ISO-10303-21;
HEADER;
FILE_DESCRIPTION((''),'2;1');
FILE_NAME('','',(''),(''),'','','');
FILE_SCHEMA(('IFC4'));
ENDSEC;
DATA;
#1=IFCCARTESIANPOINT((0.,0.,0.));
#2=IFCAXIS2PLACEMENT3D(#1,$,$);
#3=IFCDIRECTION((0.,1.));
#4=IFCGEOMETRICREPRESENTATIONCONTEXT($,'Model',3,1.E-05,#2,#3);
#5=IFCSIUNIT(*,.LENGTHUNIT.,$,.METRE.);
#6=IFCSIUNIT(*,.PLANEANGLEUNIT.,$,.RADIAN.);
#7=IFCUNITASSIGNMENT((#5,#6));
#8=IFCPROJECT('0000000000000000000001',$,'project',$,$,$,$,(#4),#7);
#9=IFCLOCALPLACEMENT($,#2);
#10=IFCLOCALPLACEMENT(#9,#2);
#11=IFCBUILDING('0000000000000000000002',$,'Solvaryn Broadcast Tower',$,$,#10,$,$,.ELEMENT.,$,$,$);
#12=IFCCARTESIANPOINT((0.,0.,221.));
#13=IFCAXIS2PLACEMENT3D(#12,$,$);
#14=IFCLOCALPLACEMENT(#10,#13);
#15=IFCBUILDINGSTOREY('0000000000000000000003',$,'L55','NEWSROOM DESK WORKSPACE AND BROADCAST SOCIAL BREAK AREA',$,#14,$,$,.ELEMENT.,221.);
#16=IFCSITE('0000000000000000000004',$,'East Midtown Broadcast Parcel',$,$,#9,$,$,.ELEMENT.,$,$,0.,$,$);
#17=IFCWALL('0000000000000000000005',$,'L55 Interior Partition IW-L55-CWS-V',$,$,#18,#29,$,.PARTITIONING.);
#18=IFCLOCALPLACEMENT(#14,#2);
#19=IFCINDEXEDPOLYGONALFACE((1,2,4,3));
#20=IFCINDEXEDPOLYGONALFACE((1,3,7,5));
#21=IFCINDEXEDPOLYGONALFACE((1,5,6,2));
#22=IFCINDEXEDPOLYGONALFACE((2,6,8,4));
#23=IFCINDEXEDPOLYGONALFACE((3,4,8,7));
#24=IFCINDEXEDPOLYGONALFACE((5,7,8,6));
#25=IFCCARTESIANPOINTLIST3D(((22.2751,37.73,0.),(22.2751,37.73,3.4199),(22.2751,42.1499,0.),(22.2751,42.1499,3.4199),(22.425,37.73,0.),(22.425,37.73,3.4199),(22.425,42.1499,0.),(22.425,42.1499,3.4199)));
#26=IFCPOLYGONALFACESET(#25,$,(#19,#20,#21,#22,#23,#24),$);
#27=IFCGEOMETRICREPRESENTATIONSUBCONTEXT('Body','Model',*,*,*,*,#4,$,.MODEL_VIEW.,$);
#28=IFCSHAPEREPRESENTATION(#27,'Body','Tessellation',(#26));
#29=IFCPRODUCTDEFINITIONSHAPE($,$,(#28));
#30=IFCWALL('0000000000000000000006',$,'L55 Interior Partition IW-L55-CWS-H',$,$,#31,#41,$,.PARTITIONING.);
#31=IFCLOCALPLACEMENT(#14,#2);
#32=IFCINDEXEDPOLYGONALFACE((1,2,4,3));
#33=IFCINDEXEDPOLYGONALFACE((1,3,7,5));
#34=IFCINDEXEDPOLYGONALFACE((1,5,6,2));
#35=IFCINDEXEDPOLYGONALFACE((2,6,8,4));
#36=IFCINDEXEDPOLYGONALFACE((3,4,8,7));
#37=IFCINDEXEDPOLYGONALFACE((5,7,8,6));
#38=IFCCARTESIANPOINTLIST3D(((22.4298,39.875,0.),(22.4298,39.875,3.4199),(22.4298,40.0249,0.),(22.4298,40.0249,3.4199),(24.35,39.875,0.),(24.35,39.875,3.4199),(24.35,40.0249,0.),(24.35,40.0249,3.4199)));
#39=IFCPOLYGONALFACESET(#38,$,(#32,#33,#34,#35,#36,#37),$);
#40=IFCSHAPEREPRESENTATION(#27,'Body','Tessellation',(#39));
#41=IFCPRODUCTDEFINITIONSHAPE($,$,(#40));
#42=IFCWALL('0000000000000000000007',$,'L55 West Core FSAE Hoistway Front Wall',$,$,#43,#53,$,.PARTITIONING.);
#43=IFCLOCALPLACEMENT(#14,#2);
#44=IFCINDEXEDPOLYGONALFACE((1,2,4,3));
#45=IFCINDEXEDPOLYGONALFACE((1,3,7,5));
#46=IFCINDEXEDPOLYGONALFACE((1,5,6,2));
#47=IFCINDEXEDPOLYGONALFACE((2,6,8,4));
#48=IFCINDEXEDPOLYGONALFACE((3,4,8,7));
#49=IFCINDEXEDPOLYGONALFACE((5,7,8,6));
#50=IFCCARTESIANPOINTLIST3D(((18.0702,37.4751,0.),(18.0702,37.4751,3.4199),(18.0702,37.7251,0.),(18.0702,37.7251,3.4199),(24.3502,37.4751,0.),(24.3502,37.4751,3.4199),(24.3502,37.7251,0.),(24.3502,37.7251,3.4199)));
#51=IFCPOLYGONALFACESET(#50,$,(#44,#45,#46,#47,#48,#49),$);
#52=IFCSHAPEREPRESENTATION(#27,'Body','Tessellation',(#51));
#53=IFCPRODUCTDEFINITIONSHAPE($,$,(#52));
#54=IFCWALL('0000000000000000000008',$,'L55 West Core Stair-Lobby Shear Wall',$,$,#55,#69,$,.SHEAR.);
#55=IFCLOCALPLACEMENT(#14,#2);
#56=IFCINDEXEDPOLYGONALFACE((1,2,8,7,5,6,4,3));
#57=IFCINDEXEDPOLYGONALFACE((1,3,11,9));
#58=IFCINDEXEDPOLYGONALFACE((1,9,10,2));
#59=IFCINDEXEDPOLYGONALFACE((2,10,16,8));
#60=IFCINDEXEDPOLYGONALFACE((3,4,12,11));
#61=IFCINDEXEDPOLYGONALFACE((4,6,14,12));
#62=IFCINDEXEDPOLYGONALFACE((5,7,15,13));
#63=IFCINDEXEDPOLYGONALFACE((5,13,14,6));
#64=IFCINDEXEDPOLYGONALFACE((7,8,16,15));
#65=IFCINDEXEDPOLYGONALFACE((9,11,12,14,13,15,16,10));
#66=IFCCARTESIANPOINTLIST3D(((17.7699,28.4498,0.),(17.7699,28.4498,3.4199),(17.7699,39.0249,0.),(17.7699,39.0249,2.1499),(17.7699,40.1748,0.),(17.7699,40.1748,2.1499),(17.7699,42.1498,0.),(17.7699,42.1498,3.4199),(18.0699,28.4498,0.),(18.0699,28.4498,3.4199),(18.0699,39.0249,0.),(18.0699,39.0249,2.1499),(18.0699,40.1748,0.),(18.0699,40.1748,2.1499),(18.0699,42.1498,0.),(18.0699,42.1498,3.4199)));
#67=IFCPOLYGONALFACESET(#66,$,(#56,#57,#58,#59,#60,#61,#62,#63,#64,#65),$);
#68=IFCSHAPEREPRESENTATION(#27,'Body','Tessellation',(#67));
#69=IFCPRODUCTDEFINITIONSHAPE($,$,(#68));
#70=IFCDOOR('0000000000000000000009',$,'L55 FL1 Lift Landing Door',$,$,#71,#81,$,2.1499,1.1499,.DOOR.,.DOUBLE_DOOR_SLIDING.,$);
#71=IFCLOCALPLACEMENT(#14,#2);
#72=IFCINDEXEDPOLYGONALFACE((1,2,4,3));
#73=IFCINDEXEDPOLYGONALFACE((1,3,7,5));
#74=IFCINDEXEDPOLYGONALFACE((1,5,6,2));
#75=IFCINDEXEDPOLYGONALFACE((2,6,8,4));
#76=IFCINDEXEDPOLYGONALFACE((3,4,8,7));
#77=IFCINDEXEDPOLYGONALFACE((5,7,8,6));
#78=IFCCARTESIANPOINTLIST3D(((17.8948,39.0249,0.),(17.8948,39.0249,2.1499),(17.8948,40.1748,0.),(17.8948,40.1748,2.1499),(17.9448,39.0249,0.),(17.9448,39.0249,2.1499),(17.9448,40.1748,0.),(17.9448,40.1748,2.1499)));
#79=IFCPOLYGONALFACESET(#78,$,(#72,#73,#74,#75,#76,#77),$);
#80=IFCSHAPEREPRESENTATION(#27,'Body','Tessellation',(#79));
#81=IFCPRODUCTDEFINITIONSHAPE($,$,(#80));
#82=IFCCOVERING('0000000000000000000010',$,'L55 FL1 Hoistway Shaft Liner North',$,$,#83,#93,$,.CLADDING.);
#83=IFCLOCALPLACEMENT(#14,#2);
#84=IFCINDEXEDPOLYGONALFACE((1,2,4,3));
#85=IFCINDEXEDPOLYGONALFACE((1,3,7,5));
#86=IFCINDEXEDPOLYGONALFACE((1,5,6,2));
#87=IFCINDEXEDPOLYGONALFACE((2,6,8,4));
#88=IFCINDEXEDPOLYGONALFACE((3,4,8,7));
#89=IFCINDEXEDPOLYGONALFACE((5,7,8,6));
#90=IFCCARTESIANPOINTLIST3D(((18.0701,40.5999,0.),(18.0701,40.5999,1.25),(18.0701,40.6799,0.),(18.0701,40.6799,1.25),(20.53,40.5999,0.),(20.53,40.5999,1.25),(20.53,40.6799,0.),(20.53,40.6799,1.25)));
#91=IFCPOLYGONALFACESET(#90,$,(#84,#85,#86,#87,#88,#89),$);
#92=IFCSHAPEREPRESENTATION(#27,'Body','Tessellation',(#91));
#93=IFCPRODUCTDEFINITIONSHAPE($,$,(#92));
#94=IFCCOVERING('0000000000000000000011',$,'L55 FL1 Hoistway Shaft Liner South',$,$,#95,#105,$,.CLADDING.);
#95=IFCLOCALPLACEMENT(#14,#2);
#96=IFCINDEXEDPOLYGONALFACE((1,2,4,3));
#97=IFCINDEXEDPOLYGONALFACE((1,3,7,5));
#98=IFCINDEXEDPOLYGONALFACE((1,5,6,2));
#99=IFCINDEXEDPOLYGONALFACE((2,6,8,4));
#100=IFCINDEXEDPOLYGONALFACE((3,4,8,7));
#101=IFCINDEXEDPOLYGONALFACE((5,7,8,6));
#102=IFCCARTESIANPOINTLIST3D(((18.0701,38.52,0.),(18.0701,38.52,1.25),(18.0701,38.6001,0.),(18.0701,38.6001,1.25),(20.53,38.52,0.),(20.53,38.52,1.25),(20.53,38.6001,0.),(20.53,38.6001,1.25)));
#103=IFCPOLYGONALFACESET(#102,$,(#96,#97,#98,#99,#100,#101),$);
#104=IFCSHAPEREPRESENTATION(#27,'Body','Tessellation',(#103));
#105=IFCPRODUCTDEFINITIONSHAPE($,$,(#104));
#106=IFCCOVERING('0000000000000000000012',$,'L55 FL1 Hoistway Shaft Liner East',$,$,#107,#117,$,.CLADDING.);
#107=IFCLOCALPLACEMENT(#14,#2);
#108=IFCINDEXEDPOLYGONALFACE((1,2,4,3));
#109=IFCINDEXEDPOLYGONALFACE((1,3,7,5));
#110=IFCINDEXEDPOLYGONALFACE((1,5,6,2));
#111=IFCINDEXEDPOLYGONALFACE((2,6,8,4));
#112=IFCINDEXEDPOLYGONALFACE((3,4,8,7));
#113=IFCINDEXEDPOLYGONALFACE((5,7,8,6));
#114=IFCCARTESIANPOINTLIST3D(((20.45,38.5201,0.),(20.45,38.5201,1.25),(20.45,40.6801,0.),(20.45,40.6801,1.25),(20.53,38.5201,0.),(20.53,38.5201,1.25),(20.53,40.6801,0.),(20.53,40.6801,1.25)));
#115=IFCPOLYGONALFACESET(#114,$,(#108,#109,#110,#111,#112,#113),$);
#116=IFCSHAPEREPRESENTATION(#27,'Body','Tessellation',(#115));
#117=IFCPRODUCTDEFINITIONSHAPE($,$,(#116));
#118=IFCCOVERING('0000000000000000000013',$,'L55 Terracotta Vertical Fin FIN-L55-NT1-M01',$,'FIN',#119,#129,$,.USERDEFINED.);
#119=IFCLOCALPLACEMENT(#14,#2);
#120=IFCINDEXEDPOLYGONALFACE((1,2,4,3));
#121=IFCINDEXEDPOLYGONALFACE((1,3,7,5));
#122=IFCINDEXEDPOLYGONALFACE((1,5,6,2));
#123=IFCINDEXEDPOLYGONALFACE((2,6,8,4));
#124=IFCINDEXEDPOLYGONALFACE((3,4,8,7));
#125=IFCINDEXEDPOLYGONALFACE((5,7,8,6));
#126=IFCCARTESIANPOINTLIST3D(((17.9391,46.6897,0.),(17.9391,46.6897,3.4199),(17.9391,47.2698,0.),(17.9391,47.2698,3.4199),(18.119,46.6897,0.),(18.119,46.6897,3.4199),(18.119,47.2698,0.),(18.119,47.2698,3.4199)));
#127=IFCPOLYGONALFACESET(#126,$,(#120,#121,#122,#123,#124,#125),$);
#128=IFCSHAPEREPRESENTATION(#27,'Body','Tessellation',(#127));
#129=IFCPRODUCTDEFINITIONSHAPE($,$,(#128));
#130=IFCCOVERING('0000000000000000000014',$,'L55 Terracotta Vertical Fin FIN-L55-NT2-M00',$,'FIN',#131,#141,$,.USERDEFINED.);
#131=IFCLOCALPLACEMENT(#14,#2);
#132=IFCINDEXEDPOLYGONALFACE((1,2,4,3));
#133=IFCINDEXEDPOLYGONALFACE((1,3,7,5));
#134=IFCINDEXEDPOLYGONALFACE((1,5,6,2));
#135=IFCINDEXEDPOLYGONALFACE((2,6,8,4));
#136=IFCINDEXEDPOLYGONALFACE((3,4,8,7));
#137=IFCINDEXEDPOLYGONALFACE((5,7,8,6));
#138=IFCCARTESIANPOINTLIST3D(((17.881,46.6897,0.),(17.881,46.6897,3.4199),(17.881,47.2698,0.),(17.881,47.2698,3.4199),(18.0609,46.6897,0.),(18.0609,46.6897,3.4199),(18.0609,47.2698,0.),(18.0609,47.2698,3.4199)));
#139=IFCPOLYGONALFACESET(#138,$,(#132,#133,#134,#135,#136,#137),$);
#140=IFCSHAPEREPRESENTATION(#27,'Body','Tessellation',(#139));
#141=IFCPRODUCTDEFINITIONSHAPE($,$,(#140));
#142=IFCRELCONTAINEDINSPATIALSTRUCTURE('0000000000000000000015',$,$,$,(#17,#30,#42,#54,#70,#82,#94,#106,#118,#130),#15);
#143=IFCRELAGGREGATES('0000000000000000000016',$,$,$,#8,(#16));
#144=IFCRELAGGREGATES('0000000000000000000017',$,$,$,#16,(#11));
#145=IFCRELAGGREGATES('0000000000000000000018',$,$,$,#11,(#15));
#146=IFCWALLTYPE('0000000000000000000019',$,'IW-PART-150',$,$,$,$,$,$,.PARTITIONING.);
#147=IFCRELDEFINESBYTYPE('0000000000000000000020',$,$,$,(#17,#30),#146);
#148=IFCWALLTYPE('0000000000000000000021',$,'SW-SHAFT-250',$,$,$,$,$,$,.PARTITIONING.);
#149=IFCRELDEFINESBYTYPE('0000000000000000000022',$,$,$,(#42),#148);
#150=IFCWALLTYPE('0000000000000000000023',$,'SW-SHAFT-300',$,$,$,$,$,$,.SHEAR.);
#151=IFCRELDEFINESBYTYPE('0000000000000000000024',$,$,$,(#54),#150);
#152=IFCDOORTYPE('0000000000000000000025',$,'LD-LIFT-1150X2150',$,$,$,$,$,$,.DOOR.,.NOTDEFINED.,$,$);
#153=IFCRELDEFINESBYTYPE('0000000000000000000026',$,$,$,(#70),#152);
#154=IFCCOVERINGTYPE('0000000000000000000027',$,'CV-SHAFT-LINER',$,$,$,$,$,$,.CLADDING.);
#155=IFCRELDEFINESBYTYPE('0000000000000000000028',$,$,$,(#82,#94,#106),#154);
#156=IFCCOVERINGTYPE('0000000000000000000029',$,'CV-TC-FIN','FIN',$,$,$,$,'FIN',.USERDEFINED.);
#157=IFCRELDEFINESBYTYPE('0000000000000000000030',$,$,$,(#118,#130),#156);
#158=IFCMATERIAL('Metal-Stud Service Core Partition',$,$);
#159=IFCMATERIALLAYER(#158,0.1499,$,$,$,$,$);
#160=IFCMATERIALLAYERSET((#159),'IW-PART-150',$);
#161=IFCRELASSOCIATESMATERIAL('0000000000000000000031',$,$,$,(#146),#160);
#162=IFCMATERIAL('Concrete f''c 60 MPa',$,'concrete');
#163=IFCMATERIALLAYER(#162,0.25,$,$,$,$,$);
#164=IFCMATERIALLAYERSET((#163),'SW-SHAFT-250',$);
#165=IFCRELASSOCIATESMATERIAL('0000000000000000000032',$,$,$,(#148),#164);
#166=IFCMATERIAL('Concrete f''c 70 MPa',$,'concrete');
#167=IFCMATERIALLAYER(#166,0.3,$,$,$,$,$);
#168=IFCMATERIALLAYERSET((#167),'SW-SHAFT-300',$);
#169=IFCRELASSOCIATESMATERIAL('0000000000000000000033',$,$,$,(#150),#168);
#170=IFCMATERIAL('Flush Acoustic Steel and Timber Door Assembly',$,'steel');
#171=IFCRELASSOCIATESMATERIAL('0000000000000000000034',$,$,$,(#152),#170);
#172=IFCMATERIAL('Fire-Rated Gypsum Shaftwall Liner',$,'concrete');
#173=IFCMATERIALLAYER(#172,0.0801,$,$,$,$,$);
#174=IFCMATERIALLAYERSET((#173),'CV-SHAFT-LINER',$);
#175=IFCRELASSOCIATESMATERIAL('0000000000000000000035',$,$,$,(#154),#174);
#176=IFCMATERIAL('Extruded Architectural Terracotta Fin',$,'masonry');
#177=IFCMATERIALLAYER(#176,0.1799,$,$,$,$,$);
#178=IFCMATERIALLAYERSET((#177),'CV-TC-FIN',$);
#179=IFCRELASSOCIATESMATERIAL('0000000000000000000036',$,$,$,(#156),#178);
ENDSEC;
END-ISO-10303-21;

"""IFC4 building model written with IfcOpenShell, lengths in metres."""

from ifc_helpers import new_model, si_unit, direction, frame, frame_2d, origin, origin_2d, place, context, subcontext, project, spatial, rectangle, extrude, material, layer, layer_set, type_object, element, fill, save


model = new_model("IFC4")

# Units and contexts
model_context = context("Model", 3, precision=1e-05, world=origin(), true_north=direction((0.0, 1.0)))
body_context = subcontext(model_context, "Body", "Model", "MODEL_VIEW")
ifc_project = project(units=[si_unit("LENGTHUNIT", "METRE"), si_unit("PLANEANGLEUNIT", "RADIAN")], contexts=[model_context])

# Site, building, storey
site_placement = place(None, origin())
site = spatial("IfcSite", under=ifc_project, at=site_placement, Name="East Midtown Broadcast Parcel", CompositionType="ELEMENT", RefElevation=0.0)
building_placement = place(site_placement, origin())
building = spatial("IfcBuilding", under=site, at=building_placement, Name="Solvaryn Broadcast Tower", CompositionType="ELEMENT")
storey_placement = place(building_placement, frame((0.0, 0.0, 221.0)))
storey = spatial("IfcBuildingStorey", under=building, at=storey_placement, Name="L55", Description="NEWSROOM DESK WORKSPACE AND BROADCAST SOCIAL BREAK AREA", CompositionType="ELEMENT", Elevation=221.0)

# Walls
ifc_material_1 = material(Name="Metal-Stud Service Core Partition")
ifc_layer_1 = layer(ifc_material_1, 0.1499)
ifc_layer_set_1 = layer_set([ifc_layer_1], Name="IW-PART-150")
wall_type_1 = type_object("IfcWallType", Name="IW-PART-150", PredefinedType="PARTITIONING", material=ifc_layer_set_1)
wall_1_placement = place(storey_placement, frame((22.3501, 37.73, 0.0), z_axis=(0.0, 0.0, 1.0), x_axis=(0.0, 1.0, 0.0)))
element("IfcWall", 1, at=wall_1_placement, inside=storey, type_object=wall_type_1, Name="L55 Interior Partition IW-L55-CWS-V", PredefinedType="PARTITIONING", context=body_context, shape_type="SweptSolid", body=[
    extrude(rectangle(XDim=4.4199, YDim=0.1499, at=frame_2d((2.21, 0.0))), origin(), (0.0, 0.0, 1.0), 3.4199),
])
wall_2_placement = place(storey_placement, frame((22.4299, 39.95, 0.0), z_axis=(0.0, 0.0, 1.0), x_axis=(1.0, 0.0, 0.0)))
element("IfcWall", 2, at=wall_2_placement, inside=storey, type_object=wall_type_1, Name="L55 Interior Partition IW-L55-CWS-H", PredefinedType="PARTITIONING", context=body_context, shape_type="SweptSolid", body=[
    extrude(rectangle(XDim=1.9202, YDim=0.1499, at=frame_2d((0.96, 0.0))), origin(), (0.0, 0.0, 1.0), 3.4199),
])
ifc_material_2 = material(Name="Concrete f'c 60 MPa", Category="concrete")
ifc_layer_2 = layer(ifc_material_2, 0.25)
ifc_layer_set_2 = layer_set([ifc_layer_2], Name="SW-SHAFT-250")
wall_type_2 = type_object("IfcWallType", Name="SW-SHAFT-250", PredefinedType="PARTITIONING", material=ifc_layer_set_2)
wall_3_placement = place(storey_placement, frame((18.0701, 37.6001, 0.0), z_axis=(0.0, 0.0, 1.0), x_axis=(1.0, 0.0, 0.0)))
element("IfcWall", 3, at=wall_3_placement, inside=storey, type_object=wall_type_2, Name="L55 West Core FSAE Hoistway Front Wall", PredefinedType="PARTITIONING", context=body_context, shape_type="SweptSolid", body=[
    extrude(rectangle(XDim=6.28, YDim=0.25, at=frame_2d((3.1401, 0.0))), origin(), (0.0, 0.0, 1.0), 3.4199),
])

# Wall, opening, door
ifc_material_3 = material(Name="Concrete f'c 70 MPa", Category="concrete")
ifc_layer_3 = layer(ifc_material_3, 0.3)
ifc_layer_set_3 = layer_set([ifc_layer_3], Name="SW-SHAFT-300")
wall_type_3 = type_object("IfcWallType", Name="SW-SHAFT-300", PredefinedType="SHEAR", material=ifc_layer_set_3)
wall_4_placement = place(storey_placement, frame((17.9199, 42.1499, 0.0), z_axis=(0.0, 0.0, 1.0), x_axis=(0.0, -1.0, 0.0)))
wall_4 = element("IfcWall", 4, at=wall_4_placement, inside=storey, type_object=wall_type_3, Name="L55 West Core Stair-Lobby Shear Wall", PredefinedType="SHEAR", context=body_context, shape_type="SweptSolid", body=[
    extrude(rectangle(XDim=13.7, YDim=0.3, at=frame_2d((6.8501, 0.0))), origin(), (0.0, 0.0, 1.0), 3.4199),
])
opening_placement = place(wall_4_placement, frame((1.9751, 0.0, 0.0)))
opening = element("IfcOpeningElement", 5, at=opening_placement, cuts=wall_4, PredefinedType="OPENING", context=body_context, shape_type="SweptSolid", body=[
    extrude(rectangle(XDim=1.1499, YDim=2.1499, at=frame_2d((0.575, 1.075))), frame((0.0, 0.1599, 0.0), z_axis=(0.0, -1.0, 0.0), x_axis=(1.0, 0.0, 0.0)), (0.0, 0.0, 1.0), 0.3201),
])
ifc_material_4 = material(Name="Flush Acoustic Steel and Timber Door Assembly", Category="steel")
door_type = type_object("IfcDoorType", Name="LD-LIFT-1150X2150", OperationType="NOTDEFINED", PredefinedType="DOOR", material=ifc_material_4)
door_placement = place(opening_placement, origin())
door = element("IfcDoor", 6, at=door_placement, inside=storey, type_object=door_type, Name="L55 FL1 Lift Landing Door", OperationType="DOUBLE_DOOR_SLIDING", OverallHeight=2.1499, OverallWidth=1.1499, PredefinedType="DOOR", context=body_context, shape_type="SweptSolid", body=[
    extrude(rectangle(XDim=1.1499, YDim=2.1499, at=frame_2d((0.575, 1.075))), frame((0.0, 0.0249, 0.0), z_axis=(0.0, -1.0, 0.0), x_axis=(1.0, 0.0, 0.0)), (0.0, 0.0, 1.0), 0.05),
])
fill(opening, door)

# Coverings
ifc_material_5 = material(Name="Fire-Rated Gypsum Shaftwall Liner", Category="concrete")
ifc_layer_4 = layer(ifc_material_5, 0.0801)
ifc_layer_set_4 = layer_set([ifc_layer_4], Name="CV-SHAFT-LINER")
covering_type_1 = type_object("IfcCoveringType", Name="CV-SHAFT-LINER", PredefinedType="CLADDING", material=ifc_layer_set_4)
for number, where, z_axis, x_axis, name in (
    (7, (19.3, 40.6399, 0.0), (0.0, 0.0, 1.0), (1.0, 0.0, 0.0), "L55 FL1 Hoistway Shaft Liner North"),
    (8, (19.3, 38.5601, 0.0), (0.0, 0.0, 1.0), (1.0, 0.0, 0.0), "L55 FL1 Hoistway Shaft Liner South"),
):
    element("IfcCovering", number, at=place(storey_placement, frame(where, z_axis=z_axis, x_axis=x_axis)), inside=storey, type_object=covering_type_1, Name=name, PredefinedType="CLADDING", context=body_context, shape_type="SweptSolid", body=[
        extrude(rectangle(XDim=2.46, YDim=0.0801, at=origin_2d()), origin(), (0.0, 0.0, 1.0), 1.25),
    ])
covering_placement = place(storey_placement, frame((20.49, 39.6001, 0.0), z_axis=(0.0, 0.0, 1.0), x_axis=(1.0, 0.0, 0.0)))
element("IfcCovering", 9, at=covering_placement, inside=storey, type_object=covering_type_1, Name="L55 FL1 Hoistway Shaft Liner East", PredefinedType="CLADDING", context=body_context, shape_type="SweptSolid", body=[
    extrude(rectangle(XDim=0.0801, YDim=2.1599, at=origin_2d()), origin(), (0.0, 0.0, 1.0), 1.25),
])
ifc_material_6 = material(Name="Extruded Architectural Terracotta Fin", Category="masonry")
ifc_layer_5 = layer(ifc_material_6, 0.1799)
ifc_layer_set_5 = layer_set([ifc_layer_5], Name="CV-TC-FIN")
covering_type_2 = type_object("IfcCoveringType", Name="CV-TC-FIN", Description="FIN", ElementType="FIN", PredefinedType="USERDEFINED", material=ifc_layer_set_5)
for number, where, z_axis, x_axis, name in (
    (10, (18.0291, 46.9797, 0.0), (0.0, 0.0, 1.0), (1.0, 0.0, 0.0), "L55 Terracotta Vertical Fin FIN-L55-NT1-M01"),
    (11, (17.9709, 46.9797, 0.0), (0.0, 0.0, 1.0), (1.0, 0.0, 0.0), "L55 Terracotta Vertical Fin FIN-L55-NT2-M00"),
):
    element("IfcCovering", number, at=place(storey_placement, frame(where, z_axis=z_axis, x_axis=x_axis)), inside=storey, type_object=covering_type_2, Name=name, ObjectType="FIN", PredefinedType="USERDEFINED", context=body_context, shape_type="SweptSolid", body=[
        extrude(rectangle(XDim=0.1799, YDim=0.5801, at=origin_2d()), origin(), (0.0, 0.0, 1.0), 3.4199),
    ])

save(model, "model.ifc")
